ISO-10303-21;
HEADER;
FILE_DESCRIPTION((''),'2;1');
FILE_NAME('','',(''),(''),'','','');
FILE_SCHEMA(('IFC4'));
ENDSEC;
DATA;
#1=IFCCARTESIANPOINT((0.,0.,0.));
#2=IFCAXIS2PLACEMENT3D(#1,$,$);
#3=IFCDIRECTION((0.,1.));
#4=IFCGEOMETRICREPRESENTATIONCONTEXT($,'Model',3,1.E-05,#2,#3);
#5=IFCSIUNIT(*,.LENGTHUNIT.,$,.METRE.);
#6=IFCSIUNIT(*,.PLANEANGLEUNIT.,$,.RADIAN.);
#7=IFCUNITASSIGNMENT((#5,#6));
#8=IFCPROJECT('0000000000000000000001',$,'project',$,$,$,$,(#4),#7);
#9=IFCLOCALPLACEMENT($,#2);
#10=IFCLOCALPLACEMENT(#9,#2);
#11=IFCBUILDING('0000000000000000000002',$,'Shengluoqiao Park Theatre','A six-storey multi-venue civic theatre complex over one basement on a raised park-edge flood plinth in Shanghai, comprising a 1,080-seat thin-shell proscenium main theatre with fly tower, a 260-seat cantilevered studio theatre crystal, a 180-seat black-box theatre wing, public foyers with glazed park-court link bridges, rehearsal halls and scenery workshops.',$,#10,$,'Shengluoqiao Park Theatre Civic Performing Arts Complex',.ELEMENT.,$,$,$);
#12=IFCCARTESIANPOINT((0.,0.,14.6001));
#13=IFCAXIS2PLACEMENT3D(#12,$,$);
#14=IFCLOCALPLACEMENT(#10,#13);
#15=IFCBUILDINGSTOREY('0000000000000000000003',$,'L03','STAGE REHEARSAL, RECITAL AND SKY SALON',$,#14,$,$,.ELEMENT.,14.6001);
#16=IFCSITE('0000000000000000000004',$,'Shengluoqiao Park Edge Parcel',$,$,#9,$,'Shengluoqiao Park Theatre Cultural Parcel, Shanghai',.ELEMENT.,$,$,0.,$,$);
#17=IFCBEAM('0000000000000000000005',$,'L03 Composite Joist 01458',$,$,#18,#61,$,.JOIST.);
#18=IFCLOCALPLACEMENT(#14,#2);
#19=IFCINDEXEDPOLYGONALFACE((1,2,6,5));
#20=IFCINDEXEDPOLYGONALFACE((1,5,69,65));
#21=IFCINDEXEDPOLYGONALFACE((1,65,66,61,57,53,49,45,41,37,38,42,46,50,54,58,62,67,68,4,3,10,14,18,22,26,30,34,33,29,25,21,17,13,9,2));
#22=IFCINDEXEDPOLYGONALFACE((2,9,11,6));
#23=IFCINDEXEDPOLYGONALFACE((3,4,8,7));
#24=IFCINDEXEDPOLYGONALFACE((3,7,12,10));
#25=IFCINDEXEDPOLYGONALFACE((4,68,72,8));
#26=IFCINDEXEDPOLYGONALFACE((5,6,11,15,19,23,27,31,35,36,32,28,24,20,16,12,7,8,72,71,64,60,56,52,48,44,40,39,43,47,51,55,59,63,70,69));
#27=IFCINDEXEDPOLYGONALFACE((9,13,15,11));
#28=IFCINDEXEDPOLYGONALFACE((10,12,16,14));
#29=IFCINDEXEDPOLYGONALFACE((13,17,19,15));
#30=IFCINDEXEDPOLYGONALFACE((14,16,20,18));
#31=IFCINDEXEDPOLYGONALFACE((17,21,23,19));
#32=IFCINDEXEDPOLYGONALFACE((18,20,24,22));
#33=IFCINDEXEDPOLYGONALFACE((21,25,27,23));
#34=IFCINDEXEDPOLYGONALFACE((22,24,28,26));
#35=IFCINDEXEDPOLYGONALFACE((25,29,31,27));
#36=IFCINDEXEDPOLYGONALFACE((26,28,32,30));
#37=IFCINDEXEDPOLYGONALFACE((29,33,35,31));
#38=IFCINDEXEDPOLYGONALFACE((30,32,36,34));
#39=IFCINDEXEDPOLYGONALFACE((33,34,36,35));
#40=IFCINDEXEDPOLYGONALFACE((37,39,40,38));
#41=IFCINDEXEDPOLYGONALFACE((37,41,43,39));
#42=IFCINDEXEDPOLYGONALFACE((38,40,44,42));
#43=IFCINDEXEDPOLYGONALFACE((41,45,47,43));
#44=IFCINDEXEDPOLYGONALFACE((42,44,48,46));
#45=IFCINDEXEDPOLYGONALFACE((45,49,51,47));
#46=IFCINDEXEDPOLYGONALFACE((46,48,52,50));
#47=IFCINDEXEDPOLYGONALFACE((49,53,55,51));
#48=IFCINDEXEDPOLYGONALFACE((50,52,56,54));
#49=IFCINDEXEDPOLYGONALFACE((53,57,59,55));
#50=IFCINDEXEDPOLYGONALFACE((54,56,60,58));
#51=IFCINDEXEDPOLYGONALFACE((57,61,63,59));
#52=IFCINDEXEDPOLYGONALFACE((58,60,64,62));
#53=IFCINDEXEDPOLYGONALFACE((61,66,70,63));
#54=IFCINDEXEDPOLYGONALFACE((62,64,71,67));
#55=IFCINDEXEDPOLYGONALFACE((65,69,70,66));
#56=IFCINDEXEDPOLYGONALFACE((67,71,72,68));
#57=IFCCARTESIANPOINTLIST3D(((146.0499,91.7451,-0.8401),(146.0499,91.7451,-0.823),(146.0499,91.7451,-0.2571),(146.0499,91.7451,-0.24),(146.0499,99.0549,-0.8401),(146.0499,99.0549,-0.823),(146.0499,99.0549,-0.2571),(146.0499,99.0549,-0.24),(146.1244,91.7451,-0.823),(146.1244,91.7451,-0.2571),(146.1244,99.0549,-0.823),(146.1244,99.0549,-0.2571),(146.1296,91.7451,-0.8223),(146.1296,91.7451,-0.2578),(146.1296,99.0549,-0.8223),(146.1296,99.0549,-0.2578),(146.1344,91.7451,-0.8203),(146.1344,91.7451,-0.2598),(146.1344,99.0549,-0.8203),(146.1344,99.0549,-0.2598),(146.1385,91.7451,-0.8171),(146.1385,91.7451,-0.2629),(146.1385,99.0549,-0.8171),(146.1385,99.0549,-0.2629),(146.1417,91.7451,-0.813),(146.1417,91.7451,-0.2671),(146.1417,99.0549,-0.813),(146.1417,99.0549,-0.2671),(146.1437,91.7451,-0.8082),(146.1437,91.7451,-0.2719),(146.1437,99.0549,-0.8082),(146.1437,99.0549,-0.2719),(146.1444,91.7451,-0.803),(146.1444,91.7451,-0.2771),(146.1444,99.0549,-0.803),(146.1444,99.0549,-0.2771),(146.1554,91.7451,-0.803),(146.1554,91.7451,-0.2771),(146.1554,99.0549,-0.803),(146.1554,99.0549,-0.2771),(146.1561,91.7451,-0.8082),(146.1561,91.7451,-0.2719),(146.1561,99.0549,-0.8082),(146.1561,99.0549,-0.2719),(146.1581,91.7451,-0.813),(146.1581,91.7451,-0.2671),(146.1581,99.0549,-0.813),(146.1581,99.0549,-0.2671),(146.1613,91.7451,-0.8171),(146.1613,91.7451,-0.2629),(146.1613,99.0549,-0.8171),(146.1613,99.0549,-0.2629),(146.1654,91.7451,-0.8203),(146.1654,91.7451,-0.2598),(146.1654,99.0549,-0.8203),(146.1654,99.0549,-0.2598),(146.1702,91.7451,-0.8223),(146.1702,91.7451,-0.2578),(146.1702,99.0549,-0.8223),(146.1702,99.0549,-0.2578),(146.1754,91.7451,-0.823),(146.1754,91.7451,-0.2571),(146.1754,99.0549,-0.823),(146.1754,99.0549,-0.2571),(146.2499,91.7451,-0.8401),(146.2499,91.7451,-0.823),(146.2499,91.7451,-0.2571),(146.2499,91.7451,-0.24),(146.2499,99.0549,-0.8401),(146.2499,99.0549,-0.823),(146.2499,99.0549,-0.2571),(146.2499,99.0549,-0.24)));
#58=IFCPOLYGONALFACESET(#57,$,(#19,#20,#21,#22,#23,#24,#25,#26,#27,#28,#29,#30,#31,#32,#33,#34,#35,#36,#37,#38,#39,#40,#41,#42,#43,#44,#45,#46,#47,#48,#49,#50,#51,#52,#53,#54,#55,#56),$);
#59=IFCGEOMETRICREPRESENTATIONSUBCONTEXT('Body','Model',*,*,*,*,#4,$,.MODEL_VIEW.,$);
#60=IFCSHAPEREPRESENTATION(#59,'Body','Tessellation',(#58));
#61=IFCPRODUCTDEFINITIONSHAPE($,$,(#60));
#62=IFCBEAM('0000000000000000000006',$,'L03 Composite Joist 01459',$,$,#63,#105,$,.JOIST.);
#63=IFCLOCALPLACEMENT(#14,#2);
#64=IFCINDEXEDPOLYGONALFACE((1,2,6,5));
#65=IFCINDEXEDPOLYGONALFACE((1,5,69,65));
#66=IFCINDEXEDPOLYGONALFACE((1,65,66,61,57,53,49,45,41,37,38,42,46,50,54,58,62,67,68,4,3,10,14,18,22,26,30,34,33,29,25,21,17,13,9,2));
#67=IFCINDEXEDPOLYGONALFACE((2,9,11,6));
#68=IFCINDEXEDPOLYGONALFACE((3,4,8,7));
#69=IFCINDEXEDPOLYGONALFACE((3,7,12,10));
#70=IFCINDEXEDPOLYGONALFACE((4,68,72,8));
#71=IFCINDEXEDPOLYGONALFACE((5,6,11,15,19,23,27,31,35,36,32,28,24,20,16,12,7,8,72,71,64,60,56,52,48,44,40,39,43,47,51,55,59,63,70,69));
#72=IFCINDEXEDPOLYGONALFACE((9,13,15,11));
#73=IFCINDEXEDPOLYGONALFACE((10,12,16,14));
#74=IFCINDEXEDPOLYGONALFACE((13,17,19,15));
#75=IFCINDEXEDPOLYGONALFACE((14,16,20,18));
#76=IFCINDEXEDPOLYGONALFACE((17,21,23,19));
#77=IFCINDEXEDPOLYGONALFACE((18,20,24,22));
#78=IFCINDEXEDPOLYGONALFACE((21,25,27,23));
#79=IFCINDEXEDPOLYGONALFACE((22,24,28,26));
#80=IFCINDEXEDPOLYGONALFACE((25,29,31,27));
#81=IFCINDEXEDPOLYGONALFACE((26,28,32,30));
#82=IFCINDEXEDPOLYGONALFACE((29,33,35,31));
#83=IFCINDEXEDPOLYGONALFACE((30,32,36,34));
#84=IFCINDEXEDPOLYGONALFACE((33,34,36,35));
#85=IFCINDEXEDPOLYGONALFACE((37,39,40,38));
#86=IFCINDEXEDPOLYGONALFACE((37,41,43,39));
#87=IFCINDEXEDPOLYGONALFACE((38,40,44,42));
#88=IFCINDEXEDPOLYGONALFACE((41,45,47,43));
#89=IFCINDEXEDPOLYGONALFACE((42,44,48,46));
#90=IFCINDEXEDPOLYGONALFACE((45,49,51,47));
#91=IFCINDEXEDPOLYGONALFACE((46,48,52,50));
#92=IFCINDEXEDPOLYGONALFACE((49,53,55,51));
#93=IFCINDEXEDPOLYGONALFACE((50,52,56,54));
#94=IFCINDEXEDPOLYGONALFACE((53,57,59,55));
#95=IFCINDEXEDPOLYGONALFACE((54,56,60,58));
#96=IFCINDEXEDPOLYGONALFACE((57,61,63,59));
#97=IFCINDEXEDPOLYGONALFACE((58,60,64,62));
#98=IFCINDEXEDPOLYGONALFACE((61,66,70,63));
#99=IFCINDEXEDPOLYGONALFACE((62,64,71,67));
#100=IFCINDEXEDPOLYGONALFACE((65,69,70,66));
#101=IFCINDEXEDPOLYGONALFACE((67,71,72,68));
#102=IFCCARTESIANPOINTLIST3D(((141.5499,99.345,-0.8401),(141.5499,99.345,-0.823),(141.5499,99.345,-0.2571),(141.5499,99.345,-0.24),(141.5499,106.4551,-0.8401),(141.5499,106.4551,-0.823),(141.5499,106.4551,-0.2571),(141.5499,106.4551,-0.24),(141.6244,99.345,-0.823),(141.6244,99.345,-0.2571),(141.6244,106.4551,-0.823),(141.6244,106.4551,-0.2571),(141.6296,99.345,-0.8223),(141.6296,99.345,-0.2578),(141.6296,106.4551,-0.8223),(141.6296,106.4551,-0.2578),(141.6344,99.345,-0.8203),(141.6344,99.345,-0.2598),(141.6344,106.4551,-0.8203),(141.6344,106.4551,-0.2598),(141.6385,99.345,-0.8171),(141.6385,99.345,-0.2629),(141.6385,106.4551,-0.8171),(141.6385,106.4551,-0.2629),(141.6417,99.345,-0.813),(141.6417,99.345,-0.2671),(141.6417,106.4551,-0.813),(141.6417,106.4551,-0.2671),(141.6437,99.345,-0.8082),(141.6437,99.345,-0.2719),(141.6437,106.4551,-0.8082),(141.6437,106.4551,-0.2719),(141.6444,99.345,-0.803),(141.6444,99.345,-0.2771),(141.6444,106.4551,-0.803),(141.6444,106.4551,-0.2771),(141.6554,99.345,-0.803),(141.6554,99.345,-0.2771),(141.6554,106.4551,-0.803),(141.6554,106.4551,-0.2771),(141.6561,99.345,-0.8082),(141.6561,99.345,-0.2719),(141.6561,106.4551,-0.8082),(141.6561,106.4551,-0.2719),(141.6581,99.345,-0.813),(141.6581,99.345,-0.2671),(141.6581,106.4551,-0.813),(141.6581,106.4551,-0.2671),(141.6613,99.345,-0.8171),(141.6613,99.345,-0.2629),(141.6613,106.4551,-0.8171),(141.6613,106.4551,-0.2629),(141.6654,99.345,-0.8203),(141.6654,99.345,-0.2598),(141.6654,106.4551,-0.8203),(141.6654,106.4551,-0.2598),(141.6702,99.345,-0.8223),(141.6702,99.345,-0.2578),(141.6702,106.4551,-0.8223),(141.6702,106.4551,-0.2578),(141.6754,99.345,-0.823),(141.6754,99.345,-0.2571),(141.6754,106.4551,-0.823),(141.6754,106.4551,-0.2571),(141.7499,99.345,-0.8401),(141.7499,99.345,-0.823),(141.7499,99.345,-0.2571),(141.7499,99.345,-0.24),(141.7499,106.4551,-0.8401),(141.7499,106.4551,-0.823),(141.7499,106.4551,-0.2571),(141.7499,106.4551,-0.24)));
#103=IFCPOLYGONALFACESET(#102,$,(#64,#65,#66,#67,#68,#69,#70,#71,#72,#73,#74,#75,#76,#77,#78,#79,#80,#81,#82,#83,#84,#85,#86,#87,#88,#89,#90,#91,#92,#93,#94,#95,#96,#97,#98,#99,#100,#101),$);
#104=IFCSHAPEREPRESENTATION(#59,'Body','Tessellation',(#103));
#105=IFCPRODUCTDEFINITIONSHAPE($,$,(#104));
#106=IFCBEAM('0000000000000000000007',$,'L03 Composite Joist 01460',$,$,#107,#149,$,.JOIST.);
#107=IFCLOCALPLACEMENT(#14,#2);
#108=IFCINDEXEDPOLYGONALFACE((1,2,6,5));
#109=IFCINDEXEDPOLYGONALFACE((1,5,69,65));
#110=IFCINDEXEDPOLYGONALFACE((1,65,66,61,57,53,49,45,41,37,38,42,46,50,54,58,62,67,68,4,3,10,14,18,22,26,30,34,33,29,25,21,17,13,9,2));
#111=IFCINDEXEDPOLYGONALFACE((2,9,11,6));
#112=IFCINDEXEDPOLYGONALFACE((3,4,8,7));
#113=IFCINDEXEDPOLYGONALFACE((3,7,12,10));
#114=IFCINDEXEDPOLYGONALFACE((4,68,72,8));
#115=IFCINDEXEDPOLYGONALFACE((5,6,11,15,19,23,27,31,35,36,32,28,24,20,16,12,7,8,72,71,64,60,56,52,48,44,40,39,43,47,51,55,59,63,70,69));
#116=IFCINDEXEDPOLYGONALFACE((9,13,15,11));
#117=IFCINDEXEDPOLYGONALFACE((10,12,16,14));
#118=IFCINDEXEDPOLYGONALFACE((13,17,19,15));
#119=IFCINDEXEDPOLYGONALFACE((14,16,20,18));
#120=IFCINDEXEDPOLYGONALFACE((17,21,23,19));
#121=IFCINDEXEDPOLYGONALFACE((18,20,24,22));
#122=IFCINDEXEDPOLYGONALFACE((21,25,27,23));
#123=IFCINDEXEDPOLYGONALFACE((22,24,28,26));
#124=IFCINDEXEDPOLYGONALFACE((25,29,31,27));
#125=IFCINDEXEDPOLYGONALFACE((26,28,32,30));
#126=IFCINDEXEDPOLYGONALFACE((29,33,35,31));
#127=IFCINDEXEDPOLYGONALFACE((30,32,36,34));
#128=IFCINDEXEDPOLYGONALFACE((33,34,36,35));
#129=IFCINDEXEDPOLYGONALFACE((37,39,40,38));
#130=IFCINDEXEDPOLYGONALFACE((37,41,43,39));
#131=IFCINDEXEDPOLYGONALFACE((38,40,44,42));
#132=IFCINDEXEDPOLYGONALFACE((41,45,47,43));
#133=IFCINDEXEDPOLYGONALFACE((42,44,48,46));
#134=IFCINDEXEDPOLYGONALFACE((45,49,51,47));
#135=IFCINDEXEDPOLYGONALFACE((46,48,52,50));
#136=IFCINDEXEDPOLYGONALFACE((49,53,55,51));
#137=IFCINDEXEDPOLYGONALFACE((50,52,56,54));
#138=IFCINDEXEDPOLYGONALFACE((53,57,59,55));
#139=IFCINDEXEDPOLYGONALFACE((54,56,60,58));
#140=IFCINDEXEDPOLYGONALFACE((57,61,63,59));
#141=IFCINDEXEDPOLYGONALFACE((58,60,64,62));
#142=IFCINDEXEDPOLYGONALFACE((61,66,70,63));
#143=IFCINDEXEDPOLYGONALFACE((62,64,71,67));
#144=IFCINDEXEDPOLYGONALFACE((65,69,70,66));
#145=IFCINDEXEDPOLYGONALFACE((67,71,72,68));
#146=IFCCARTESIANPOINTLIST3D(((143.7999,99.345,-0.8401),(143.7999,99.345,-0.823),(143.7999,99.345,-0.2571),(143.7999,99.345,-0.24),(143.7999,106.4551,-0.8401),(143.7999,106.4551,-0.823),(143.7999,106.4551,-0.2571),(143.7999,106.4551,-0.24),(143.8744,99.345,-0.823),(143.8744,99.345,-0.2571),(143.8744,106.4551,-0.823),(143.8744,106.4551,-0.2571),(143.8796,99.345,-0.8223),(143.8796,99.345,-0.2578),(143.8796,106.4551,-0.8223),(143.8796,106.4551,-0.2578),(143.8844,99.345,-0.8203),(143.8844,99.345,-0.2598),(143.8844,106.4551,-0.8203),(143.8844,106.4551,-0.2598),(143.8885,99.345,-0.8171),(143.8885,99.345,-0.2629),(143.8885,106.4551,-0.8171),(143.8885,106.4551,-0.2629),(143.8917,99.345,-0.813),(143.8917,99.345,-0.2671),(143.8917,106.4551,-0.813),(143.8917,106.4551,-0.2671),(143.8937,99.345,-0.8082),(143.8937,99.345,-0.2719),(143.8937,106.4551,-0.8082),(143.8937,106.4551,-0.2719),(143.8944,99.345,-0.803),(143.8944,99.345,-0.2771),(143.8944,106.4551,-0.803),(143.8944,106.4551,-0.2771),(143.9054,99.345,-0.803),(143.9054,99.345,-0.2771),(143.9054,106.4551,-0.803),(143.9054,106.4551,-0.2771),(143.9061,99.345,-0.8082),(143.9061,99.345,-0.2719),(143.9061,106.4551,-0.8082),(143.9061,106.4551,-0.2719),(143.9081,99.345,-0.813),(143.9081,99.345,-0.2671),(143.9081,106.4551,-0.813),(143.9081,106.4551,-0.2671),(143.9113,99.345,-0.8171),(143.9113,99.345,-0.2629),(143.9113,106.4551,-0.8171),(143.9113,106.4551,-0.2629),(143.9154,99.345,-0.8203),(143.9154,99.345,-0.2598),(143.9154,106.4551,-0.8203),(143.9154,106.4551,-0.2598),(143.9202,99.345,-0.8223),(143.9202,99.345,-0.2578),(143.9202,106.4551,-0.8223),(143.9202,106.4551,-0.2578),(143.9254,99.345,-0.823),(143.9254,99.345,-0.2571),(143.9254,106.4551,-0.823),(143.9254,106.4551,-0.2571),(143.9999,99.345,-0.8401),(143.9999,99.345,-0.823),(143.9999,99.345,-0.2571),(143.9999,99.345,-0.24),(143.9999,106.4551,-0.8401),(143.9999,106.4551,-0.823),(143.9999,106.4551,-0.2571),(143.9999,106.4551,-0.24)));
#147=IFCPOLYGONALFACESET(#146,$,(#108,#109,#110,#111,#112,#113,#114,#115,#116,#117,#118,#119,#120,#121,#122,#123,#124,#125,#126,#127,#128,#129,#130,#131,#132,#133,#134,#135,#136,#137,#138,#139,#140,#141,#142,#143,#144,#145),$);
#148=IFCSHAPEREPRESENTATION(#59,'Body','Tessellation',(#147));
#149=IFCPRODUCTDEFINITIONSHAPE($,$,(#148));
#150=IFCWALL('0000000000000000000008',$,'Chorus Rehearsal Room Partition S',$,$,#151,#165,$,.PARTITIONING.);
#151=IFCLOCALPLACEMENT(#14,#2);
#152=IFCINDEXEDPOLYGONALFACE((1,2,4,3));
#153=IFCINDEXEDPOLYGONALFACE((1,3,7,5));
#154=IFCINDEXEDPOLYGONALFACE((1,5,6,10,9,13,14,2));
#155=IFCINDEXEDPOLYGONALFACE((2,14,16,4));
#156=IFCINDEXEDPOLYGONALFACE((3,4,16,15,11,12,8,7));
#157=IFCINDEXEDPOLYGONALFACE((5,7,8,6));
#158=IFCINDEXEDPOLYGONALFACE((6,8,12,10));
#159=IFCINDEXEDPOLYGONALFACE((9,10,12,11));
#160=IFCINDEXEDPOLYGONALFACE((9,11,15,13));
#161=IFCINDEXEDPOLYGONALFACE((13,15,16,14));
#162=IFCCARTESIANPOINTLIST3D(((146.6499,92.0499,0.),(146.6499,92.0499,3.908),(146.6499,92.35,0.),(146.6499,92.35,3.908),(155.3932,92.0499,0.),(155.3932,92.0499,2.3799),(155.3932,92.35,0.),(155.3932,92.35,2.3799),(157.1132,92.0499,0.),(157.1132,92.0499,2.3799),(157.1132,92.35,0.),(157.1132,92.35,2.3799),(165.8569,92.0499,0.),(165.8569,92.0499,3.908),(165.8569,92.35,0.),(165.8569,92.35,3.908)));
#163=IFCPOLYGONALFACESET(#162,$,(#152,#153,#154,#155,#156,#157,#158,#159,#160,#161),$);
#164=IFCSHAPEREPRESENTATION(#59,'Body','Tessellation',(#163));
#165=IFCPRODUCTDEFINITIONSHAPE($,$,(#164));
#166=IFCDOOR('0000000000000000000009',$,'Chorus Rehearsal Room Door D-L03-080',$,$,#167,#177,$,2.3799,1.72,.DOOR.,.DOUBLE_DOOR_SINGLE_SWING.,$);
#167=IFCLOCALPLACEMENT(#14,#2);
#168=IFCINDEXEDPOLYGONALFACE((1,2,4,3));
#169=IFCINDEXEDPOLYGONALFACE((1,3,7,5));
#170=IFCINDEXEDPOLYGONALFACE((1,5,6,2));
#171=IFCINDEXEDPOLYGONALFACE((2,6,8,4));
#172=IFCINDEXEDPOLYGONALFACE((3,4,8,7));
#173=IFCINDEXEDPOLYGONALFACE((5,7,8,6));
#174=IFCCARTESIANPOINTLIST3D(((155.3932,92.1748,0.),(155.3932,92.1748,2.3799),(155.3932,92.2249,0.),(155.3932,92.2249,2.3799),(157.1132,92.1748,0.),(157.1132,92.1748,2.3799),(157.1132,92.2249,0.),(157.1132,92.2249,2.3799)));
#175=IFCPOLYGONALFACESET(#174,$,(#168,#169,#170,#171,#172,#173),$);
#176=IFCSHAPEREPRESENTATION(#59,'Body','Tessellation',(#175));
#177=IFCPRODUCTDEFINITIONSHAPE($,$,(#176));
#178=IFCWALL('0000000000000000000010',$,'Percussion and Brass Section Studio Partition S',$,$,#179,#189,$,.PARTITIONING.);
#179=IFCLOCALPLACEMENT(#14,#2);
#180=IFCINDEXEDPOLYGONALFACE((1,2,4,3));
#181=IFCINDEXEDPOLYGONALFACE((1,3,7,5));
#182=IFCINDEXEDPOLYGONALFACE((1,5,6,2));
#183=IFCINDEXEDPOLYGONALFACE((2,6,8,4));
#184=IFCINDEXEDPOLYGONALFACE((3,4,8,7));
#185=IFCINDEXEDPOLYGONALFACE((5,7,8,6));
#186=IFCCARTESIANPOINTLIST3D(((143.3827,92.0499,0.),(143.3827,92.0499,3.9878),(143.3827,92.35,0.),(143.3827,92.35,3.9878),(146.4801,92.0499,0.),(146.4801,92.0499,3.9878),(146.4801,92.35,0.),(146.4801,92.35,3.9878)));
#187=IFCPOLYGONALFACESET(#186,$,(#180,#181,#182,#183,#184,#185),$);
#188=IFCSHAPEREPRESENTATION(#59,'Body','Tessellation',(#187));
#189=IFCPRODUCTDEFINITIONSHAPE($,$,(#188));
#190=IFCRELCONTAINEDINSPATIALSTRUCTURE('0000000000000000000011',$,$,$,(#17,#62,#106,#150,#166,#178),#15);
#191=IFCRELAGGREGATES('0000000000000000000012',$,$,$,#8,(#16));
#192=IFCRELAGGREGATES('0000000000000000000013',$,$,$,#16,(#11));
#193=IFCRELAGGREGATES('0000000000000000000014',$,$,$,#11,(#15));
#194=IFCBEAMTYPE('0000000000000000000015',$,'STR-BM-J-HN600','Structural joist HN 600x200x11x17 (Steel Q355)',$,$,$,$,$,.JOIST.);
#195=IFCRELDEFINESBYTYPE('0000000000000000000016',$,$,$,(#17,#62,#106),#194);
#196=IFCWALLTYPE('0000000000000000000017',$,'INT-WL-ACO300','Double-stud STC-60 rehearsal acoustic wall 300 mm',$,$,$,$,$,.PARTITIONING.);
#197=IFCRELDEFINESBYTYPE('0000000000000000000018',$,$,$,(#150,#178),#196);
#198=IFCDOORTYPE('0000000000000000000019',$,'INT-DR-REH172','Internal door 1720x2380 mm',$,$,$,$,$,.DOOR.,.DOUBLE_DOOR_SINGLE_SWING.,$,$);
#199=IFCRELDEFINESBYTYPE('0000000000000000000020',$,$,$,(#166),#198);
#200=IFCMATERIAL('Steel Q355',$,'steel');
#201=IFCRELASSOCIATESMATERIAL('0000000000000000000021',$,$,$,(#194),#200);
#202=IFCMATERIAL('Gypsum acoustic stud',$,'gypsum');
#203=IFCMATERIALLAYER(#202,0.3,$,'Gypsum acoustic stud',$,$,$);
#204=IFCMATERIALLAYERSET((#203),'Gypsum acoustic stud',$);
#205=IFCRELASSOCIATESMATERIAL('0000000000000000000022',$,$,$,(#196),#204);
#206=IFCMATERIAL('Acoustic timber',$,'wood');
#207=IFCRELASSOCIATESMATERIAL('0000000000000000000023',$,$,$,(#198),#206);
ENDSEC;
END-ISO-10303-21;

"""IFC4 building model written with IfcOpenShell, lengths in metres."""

from ifc_helpers import new_model, si_unit, direction, frame, frame_2d, origin, origin_2d, place, context, subcontext, project, spatial, rectangle, i_section, extrude, material, layer, layer_set, material_profile, profile_set, type_object, element, fill, save


model = new_model("IFC4")

# Units and contexts
model_context = context("Model", 3, precision=1e-05, world=origin(), true_north=direction((0.0, 1.0)))
body_context = subcontext(model_context, "Body", "Model", "MODEL_VIEW")
ifc_project = project(units=[si_unit("LENGTHUNIT", "METRE"), si_unit("PLANEANGLEUNIT", "RADIAN")], contexts=[model_context])

# Site, building, storey
site_placement = place(None, origin())
site = spatial("IfcSite", under=ifc_project, at=site_placement, Name="Shengluoqiao Park Edge Parcel", LongName="Shengluoqiao Park Theatre Cultural Parcel, Shanghai", CompositionType="ELEMENT", RefElevation=0.0)
building_placement = place(site_placement, origin())
building = spatial("IfcBuilding", under=site, at=building_placement, Name="Shengluoqiao Park Theatre", Description="A six-storey multi-venue civic theatre complex over one basement on a raised park-edge flood plinth in Shanghai, comprising a 1,080-seat thin-shell proscenium main theatre with fly tower, a 260-seat cantilevered studio theatre crystal, a 180-seat black-box theatre wing, public foyers with glazed park-court link bridges, rehearsal halls and scenery workshops.", LongName="Shengluoqiao Park Theatre Civic Performing Arts Complex", CompositionType="ELEMENT")
storey_placement = place(building_placement, frame((0.0, 0.0, 14.6001)))
storey = spatial("IfcBuildingStorey", under=building, at=storey_placement, Name="L03", Description="STAGE REHEARSAL, RECITAL AND SKY SALON", CompositionType="ELEMENT", Elevation=14.6001)

# Beams
ifc_material_1 = material(Name="Steel Q355", Category="steel")
ifc_material_profile_1 = material_profile(ifc_material_1, i_section(OverallWidth=0.2, OverallDepth=0.6001, WebThickness=0.011, FlangeThickness=0.0171, FilletRadius=0.02, at=origin_2d()), Name="HN 600x200x11x17")
ifc_profile_set_1 = profile_set([ifc_material_profile_1], Name="Steel Q355")
beam_type_1 = type_object("IfcBeamType", Name="STR-BM-J-HN600", Description="Structural joist HN 600x200x11x17 (Steel Q355)", PredefinedType="JOIST", material=ifc_profile_set_1)
for number, where, z_axis, x_axis, name in (
    (1, (146.1499, 91.7451, -0.54), (0.0, 1.0, 0.0), (-1.0, 0.0, 0.0), "L03 Composite Joist 01458"),
):
    element("IfcBeam", number, at=place(storey_placement, frame(where, z_axis=z_axis, x_axis=x_axis)), inside=storey, type_object=beam_type_1, Name=name, PredefinedType="JOIST", context=body_context, shape_type="SweptSolid", body=[
        extrude(i_section(OverallWidth=0.2, OverallDepth=0.6001, WebThickness=0.011, FlangeThickness=0.0171, FilletRadius=0.02, at=origin_2d()), origin(), (0.0, 0.0, 1.0), 7.3098),
    ])
for number, where, z_axis, x_axis, name in (
    (2, (141.6499, 99.345, -0.54), (0.0, 1.0, 0.0), (-1.0, 0.0, 0.0), "L03 Composite Joist 01459"),
    (3, (143.8999, 99.345, -0.54), (0.0, 1.0, 0.0), (-1.0, 0.0, 0.0), "L03 Composite Joist 01460"),
):
    element("IfcBeam", number, at=place(storey_placement, frame(where, z_axis=z_axis, x_axis=x_axis)), inside=storey, type_object=beam_type_1, Name=name, PredefinedType="JOIST", context=body_context, shape_type="SweptSolid", body=[
        extrude(i_section(OverallWidth=0.2, OverallDepth=0.6001, WebThickness=0.011, FlangeThickness=0.0171, FilletRadius=0.02, at=origin_2d()), origin(), (0.0, 0.0, 1.0), 7.1101),
    ])

# Wall, opening, door
ifc_material_2 = material(Name="Gypsum acoustic stud", Category="gypsum")
ifc_layer_1 = layer(ifc_material_2, 0.3, Name="Gypsum acoustic stud")
ifc_layer_set_1 = layer_set([ifc_layer_1], Name="Gypsum acoustic stud")
wall_type_1 = type_object("IfcWallType", Name="INT-WL-ACO300", Description="Double-stud STC-60 rehearsal acoustic wall 300 mm", PredefinedType="PARTITIONING", material=ifc_layer_set_1)
wall_1_placement = place(storey_placement, frame((146.6499, 92.2, 0.0), z_axis=(0.0, 0.0, 1.0), x_axis=(1.0, 0.0, 0.0)))
wall_1 = element("IfcWall", 4, at=wall_1_placement, inside=storey, type_object=wall_type_1, Name="Chorus Rehearsal Room Partition S", PredefinedType="PARTITIONING", context=body_context, shape_type="SweptSolid", body=[
    extrude(rectangle(XDim=19.207, YDim=0.3, at=frame_2d((9.6035, 0.0))), origin(), (0.0, 0.0, 1.0), 3.908),
])
opening_placement = place(wall_1_placement, frame((8.7434, 0.0, 0.0)))
opening = element("IfcOpeningElement", 5, at=opening_placement, cuts=wall_1, PredefinedType="OPENING", context=body_context, shape_type="SweptSolid", body=[
    extrude(rectangle(XDim=1.72, YDim=2.3799, at=frame_2d((0.8599, 1.1899))), frame((0.0, 0.1599, 0.0), z_axis=(0.0, -1.0, 0.0), x_axis=(1.0, 0.0, 0.0)), (0.0, 0.0, 1.0), 0.3201),
])
ifc_material_3 = material(Name="Acoustic timber", Category="wood")
door_type = type_object("IfcDoorType", Name="INT-DR-REH172", Description="Internal door 1720x2380 mm", OperationType="DOUBLE_DOOR_SINGLE_SWING", PredefinedType="DOOR", material=ifc_material_3)
door_placement = place(opening_placement, origin())
door = element("IfcDoor", 6, at=door_placement, inside=storey, type_object=door_type, Name="Chorus Rehearsal Room Door D-L03-080", OperationType="DOUBLE_DOOR_SINGLE_SWING", OverallHeight=2.3799, OverallWidth=1.72, PredefinedType="DOOR", context=body_context, shape_type="SweptSolid", body=[
    extrude(rectangle(XDim=1.72, YDim=2.3799, at=frame_2d((0.8599, 1.1899))), frame((0.0, 0.0249, 0.0), z_axis=(0.0, -1.0, 0.0), x_axis=(1.0, 0.0, 0.0)), (0.0, 0.0, 1.0), 0.05),
])
fill(opening, door)

# Wall
wall_2_placement = place(storey_placement, frame((143.3826, 92.2, 0.0), z_axis=(0.0, 0.0, 1.0), x_axis=(1.0, 0.0, 0.0)))
element("IfcWall", 7, at=wall_2_placement, inside=storey, type_object=wall_type_1, Name="Percussion and Brass Section Studio Partition S", PredefinedType="PARTITIONING", context=body_context, shape_type="SweptSolid", body=[
    extrude(rectangle(XDim=3.0974, YDim=0.3, at=frame_2d((1.5488, 0.0))), origin(), (0.0, 0.0, 1.0), 3.9878),
])

save(model, "model.ifc")
